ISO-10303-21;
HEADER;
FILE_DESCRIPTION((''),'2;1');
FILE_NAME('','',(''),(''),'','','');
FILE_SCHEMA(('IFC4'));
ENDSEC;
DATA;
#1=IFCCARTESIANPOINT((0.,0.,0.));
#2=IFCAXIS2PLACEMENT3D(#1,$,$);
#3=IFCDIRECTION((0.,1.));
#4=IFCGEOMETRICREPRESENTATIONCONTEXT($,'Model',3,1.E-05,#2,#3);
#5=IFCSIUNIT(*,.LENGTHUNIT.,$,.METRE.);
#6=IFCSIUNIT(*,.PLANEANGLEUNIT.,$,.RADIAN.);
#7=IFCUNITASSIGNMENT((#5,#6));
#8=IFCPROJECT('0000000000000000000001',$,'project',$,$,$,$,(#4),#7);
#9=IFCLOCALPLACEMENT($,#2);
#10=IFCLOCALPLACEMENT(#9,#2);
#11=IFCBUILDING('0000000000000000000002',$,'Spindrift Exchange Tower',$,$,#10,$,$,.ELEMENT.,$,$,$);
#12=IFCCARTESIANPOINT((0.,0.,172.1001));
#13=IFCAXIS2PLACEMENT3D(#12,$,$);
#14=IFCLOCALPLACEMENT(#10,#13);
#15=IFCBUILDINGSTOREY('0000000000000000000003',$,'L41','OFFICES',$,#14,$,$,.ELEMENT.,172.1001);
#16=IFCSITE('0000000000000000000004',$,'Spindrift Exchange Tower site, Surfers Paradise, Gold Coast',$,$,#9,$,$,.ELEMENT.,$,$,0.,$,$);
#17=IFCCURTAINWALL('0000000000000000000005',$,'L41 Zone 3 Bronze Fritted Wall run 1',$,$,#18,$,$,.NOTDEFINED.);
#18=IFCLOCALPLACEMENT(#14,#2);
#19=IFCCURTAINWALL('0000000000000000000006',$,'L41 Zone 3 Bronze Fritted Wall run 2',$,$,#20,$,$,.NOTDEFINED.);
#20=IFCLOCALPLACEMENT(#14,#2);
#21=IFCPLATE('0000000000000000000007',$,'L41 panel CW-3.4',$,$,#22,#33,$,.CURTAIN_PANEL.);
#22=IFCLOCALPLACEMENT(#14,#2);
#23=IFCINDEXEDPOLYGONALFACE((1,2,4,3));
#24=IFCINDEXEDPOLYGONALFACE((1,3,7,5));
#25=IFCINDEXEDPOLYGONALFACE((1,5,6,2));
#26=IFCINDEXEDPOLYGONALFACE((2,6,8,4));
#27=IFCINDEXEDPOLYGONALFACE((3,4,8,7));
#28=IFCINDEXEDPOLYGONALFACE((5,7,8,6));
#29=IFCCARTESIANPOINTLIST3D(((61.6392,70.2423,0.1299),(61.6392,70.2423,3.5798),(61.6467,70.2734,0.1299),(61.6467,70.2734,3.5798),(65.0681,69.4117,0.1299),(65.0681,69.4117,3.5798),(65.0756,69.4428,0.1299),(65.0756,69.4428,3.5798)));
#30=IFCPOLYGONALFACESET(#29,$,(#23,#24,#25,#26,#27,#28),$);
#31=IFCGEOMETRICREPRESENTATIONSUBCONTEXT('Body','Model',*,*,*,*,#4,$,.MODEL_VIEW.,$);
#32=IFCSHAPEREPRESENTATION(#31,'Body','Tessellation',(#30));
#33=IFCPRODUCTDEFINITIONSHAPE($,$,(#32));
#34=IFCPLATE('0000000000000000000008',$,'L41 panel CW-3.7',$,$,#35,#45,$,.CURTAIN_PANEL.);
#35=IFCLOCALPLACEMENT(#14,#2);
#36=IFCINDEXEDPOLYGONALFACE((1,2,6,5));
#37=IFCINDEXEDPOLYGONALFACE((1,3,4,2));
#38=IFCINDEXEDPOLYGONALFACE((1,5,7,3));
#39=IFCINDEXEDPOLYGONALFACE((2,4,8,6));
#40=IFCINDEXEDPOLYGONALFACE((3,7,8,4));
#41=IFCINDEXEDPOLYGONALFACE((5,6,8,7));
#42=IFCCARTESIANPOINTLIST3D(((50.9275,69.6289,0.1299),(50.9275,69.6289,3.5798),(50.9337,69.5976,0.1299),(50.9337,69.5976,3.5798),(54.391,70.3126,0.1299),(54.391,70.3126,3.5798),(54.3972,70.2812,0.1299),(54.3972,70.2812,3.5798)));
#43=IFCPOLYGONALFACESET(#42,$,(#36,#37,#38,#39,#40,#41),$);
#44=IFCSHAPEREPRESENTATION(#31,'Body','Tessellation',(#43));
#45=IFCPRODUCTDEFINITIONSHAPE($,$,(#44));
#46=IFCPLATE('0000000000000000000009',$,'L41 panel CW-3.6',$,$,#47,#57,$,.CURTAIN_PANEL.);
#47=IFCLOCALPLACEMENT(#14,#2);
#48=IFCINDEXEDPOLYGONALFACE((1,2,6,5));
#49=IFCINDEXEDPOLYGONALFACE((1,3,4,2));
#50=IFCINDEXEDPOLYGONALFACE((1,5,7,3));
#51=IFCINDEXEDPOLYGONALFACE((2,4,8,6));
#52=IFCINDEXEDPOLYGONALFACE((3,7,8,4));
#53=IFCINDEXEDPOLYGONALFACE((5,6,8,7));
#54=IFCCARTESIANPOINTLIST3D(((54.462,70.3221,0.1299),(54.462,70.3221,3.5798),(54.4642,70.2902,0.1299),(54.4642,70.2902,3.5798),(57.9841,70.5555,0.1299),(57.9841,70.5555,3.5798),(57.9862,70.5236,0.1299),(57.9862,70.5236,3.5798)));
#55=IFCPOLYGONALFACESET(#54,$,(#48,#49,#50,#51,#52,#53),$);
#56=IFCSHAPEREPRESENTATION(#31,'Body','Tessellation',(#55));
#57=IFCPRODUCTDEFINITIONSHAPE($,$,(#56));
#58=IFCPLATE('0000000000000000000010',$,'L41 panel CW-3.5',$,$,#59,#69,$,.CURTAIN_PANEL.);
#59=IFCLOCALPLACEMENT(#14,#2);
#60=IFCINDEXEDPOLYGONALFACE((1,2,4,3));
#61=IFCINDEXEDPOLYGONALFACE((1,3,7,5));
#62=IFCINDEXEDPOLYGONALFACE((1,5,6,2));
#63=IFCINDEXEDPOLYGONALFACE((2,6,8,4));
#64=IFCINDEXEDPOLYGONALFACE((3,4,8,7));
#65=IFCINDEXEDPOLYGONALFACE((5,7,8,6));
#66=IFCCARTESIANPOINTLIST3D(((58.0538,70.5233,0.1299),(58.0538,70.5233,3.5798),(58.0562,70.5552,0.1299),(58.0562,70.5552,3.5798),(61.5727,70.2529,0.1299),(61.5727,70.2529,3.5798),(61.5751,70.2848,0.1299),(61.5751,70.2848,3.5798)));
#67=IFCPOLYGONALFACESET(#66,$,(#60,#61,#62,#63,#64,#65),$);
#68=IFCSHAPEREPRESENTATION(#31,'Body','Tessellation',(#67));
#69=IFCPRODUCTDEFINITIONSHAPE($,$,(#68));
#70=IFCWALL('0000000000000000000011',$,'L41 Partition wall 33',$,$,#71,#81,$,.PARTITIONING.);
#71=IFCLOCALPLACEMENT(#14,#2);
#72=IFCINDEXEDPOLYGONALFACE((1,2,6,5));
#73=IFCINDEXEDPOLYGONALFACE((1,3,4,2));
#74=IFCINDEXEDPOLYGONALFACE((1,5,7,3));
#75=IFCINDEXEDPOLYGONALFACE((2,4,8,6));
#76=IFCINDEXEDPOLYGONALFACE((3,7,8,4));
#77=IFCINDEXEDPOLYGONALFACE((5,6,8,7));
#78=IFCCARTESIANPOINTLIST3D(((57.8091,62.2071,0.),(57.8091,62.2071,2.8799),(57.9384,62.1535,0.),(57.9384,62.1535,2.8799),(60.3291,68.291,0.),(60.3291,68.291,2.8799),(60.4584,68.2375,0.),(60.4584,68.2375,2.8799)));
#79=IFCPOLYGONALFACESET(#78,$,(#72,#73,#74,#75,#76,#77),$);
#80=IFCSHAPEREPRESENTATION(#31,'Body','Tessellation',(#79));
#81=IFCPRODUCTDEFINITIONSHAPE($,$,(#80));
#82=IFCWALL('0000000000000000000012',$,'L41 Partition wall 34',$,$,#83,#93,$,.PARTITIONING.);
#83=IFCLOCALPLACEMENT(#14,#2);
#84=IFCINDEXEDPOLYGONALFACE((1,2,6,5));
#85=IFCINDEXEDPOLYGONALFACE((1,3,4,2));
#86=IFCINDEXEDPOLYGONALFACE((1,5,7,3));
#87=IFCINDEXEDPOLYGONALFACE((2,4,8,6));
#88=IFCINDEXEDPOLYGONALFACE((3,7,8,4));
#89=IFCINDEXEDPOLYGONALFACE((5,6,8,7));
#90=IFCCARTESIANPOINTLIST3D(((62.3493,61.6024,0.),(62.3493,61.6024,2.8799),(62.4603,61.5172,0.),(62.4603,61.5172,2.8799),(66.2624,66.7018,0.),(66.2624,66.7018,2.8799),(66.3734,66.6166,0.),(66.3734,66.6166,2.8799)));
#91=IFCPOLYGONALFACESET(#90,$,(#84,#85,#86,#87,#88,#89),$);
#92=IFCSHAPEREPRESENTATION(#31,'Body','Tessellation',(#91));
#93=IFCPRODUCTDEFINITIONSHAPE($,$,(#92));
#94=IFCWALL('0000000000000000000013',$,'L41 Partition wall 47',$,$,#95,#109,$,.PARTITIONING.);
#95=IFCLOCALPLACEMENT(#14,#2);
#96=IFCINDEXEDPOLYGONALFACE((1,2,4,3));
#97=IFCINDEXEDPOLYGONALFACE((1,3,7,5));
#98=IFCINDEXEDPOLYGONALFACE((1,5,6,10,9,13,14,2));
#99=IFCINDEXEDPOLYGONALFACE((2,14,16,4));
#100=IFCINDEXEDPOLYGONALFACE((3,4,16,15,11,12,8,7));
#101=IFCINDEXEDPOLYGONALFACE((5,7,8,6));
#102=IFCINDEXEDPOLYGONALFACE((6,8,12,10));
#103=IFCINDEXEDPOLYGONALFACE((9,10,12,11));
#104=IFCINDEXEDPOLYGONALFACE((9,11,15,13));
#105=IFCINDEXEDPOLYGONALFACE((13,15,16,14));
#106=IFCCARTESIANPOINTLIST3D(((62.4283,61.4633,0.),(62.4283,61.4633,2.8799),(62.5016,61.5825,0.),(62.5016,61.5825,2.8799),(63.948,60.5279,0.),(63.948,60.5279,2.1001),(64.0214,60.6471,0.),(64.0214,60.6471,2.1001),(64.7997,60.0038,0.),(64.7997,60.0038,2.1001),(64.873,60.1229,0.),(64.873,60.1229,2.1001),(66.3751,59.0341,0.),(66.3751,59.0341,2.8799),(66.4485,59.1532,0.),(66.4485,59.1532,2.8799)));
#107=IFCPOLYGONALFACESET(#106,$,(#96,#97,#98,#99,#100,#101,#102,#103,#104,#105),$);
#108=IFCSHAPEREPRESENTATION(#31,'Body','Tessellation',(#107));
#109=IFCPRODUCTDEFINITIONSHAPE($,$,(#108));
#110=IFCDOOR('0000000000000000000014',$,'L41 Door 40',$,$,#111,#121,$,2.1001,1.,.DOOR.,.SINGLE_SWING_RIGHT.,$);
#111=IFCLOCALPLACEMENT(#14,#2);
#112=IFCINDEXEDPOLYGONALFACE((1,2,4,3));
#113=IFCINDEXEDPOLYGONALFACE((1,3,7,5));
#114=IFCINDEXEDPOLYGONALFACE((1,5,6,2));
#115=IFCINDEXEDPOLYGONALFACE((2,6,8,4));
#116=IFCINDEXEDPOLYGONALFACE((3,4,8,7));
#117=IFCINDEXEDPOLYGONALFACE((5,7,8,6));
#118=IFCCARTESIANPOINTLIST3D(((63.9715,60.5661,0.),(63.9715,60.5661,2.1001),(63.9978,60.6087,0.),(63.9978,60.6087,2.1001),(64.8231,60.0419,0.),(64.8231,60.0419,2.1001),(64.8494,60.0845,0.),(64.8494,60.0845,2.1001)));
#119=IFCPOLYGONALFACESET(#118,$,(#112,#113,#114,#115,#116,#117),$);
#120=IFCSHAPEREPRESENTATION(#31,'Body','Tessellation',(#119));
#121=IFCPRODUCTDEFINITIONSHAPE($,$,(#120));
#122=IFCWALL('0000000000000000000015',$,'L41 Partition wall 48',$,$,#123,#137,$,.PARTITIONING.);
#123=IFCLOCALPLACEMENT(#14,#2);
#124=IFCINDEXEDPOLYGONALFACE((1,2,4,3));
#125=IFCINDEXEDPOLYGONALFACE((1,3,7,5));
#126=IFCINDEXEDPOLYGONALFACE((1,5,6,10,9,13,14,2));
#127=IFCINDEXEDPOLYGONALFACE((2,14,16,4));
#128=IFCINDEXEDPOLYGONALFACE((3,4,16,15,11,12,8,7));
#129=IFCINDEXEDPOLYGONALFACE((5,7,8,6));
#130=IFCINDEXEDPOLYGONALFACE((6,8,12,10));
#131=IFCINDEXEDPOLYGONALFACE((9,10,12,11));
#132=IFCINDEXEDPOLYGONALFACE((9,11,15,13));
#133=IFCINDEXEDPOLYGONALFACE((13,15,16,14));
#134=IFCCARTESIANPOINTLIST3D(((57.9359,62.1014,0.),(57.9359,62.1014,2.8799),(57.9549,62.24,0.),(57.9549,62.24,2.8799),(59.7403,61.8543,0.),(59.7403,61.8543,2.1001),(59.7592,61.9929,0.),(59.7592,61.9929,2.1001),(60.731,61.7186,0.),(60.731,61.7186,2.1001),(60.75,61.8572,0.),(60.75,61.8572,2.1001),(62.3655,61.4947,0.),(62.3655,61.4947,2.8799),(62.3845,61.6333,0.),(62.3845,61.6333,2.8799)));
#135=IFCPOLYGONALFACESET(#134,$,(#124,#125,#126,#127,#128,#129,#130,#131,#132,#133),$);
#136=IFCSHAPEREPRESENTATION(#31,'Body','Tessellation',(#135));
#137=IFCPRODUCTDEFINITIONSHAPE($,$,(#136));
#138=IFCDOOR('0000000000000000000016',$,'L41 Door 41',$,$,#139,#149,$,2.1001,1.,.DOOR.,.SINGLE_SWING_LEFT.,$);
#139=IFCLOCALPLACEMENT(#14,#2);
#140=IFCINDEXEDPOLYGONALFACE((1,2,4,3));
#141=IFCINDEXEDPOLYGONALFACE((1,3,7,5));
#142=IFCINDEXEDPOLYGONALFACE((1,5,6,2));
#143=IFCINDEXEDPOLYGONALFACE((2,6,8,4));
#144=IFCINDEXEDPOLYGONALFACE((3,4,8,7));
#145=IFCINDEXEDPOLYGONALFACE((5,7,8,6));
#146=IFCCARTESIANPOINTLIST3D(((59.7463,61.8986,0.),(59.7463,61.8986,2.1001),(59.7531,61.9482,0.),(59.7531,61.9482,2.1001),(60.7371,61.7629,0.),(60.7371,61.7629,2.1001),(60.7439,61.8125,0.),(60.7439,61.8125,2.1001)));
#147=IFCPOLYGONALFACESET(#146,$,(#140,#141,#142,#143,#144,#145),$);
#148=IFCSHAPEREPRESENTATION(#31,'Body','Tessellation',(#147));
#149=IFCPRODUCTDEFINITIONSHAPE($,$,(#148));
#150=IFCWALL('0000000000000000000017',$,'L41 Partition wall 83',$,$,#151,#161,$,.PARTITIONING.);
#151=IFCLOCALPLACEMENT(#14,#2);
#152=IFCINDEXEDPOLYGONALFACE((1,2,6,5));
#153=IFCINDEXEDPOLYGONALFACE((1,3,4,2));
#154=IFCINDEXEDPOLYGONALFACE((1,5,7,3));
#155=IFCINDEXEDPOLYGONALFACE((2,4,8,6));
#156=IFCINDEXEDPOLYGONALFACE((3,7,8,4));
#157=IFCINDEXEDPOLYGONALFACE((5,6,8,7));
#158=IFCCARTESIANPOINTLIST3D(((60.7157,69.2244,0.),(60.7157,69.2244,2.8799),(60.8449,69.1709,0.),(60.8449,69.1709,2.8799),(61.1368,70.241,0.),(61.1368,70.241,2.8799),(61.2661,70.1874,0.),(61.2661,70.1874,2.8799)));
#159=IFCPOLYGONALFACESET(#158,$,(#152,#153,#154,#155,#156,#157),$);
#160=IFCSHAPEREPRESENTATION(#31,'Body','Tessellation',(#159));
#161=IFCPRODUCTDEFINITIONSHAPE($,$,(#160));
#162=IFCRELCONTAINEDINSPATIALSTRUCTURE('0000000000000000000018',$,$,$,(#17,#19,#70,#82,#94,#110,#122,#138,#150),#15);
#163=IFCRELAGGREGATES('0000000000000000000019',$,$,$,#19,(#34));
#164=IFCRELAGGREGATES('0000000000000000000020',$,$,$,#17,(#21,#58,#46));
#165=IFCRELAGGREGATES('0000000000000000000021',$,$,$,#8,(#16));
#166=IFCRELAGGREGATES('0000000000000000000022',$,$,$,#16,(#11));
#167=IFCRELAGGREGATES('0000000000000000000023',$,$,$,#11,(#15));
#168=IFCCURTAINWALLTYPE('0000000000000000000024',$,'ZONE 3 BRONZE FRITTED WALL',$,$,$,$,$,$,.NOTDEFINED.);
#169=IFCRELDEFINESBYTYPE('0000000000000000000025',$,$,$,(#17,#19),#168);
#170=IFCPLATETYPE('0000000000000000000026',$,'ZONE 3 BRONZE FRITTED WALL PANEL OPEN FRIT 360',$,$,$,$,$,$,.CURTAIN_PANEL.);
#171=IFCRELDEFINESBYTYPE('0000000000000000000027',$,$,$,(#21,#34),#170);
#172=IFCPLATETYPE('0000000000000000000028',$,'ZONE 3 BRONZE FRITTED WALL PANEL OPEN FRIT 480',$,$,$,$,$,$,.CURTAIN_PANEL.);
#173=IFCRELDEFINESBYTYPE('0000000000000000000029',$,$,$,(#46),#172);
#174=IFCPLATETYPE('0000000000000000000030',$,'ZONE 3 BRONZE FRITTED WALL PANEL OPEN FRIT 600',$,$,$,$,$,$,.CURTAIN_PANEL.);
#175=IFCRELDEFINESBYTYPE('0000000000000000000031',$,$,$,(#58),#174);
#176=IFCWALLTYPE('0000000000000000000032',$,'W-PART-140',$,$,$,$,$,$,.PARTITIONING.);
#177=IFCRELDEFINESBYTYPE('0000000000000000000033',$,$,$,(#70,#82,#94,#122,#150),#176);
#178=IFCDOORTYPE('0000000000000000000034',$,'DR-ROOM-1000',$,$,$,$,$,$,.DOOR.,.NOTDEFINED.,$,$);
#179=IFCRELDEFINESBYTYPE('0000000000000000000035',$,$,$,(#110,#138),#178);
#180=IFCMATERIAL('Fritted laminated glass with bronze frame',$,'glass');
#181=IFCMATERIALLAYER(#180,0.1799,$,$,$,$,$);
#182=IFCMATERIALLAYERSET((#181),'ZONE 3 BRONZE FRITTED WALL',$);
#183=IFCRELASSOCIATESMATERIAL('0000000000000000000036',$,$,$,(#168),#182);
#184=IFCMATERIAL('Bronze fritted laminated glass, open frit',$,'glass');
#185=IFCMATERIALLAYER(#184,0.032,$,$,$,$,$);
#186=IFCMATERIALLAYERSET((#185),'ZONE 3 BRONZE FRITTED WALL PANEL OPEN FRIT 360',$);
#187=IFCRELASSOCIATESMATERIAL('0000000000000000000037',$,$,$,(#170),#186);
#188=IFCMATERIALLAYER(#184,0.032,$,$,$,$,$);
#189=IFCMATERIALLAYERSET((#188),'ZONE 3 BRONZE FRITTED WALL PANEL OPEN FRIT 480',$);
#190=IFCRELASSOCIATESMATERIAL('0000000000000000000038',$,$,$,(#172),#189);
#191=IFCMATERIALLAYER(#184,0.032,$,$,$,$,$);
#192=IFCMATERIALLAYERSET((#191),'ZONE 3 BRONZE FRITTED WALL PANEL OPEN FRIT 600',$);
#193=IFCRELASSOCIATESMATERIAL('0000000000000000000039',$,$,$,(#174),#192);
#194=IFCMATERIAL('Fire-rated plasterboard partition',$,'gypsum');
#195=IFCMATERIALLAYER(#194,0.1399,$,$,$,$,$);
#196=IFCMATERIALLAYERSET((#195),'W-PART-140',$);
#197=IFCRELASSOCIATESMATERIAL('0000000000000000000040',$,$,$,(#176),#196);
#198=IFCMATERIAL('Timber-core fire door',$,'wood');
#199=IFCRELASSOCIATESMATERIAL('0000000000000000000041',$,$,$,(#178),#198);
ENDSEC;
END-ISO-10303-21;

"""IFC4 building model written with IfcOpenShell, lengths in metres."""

from ifc_helpers import new_model, si_unit, direction, frame, frame_2d, origin, origin_2d, place, context, subcontext, project, spatial, rectangle, extrude, source, transform, mapped, material, layer, layer_set, type_object, element, fill, aggregate, save


model = new_model("IFC4")

# Units and contexts
model_context = context("Model", 3, precision=1e-05, world=origin(), true_north=direction((0.0, 1.0)))
body_context = subcontext(model_context, "Body", "Model", "MODEL_VIEW")
ifc_project = project(units=[si_unit("LENGTHUNIT", "METRE"), si_unit("PLANEANGLEUNIT", "RADIAN")], contexts=[model_context])

# Site, building, storey
site_placement = place(None, origin())
site = spatial("IfcSite", under=ifc_project, at=site_placement, Name="Spindrift Exchange Tower site, Surfers Paradise, Gold Coast", CompositionType="ELEMENT", RefElevation=0.0)
building_placement = place(site_placement, origin())
building = spatial("IfcBuilding", under=site, at=building_placement, Name="Spindrift Exchange Tower", CompositionType="ELEMENT")
storey_placement = place(building_placement, frame((0.0, 0.0, 172.1001)))
storey = spatial("IfcBuildingStorey", under=building, at=storey_placement, Name="L41", Description="OFFICES", CompositionType="ELEMENT", Elevation=172.1001)

# Curtain wall
ifc_material_1 = material(Name="Fritted laminated glass with bronze frame", Category="glass")
ifc_layer_1 = layer(ifc_material_1, 0.1799)
ifc_layer_set_1 = layer_set([ifc_layer_1], Name="ZONE 3 BRONZE FRITTED WALL")
curtain_wall_type = type_object("IfcCurtainWallType", Name="ZONE 3 BRONZE FRITTED WALL", PredefinedType="NOTDEFINED", material=ifc_layer_set_1)
curtain_wall_1_placement = place(storey_placement, origin())
curtain_wall_1 = element("IfcCurtainWall", 1, at=curtain_wall_1_placement, inside=storey, type_object=curtain_wall_type, Name="L41 Zone 3 Bronze Fritted Wall run 1", PredefinedType="NOTDEFINED")

# Curtain wall
curtain_wall_2_placement = place(storey_placement, origin())
curtain_wall_2 = element("IfcCurtainWall", 2, at=curtain_wall_2_placement, inside=storey, type_object=curtain_wall_type, Name="L41 Zone 3 Bronze Fritted Wall run 2", PredefinedType="NOTDEFINED")

# Plates
ifc_material_2 = material(Name="Bronze fritted laminated glass, open frit", Category="glass")
ifc_layer_2 = layer(ifc_material_2, 0.032)
ifc_layer_set_2 = layer_set([ifc_layer_2], Name="ZONE 3 BRONZE FRITTED WALL PANEL OPEN FRIT 360")
plate_type_1 = type_object("IfcPlateType", Name="ZONE 3 BRONZE FRITTED WALL PANEL OPEN FRIT 360", PredefinedType="CURTAIN_PANEL", material=ifc_layer_set_2)
shared_shape_1 = source(origin(), body_context, "Body", "SweptSolid", [
    extrude(rectangle(XDim=3.5281, YDim=0.032, at=origin_2d()), origin(), (0.0, 0.0, 1.0), 3.45),
])
plate_1_placement = place(storey_placement, frame((63.3574, 69.8425, 0.1299), z_axis=(0.0, 0.0, 1.0), x_axis=(-0.971892, 0.235427, 0.0)))
plate_1 = element("IfcPlate", 3, at=plate_1_placement, type_object=plate_type_1, Name="L41 panel CW-3.4", PredefinedType="CURTAIN_PANEL", context=body_context, shape_type="MappedRepresentation", body=[
    mapped(shared_shape_1, transform((0.0, 0.0, 0.0), scale=1.0)),
])
shared_shape_2 = source(origin(), body_context, "Body", "SweptSolid", [
    extrude(rectangle(XDim=3.5303, YDim=0.032, at=origin_2d()), origin(), (0.0, 0.0, 1.0), 3.45),
])
plate_2_placement = place(storey_placement, frame((52.6624, 69.9551, 0.1299), z_axis=(0.0, 0.0, 1.0), x_axis=(-0.98107, -0.193654, 0.0)))
plate_2 = element("IfcPlate", 4, at=plate_2_placement, type_object=plate_type_1, Name="L41 panel CW-3.7", PredefinedType="CURTAIN_PANEL", context=body_context, shape_type="MappedRepresentation", body=[
    mapped(shared_shape_2, transform((0.0, 0.0, 0.0), scale=1.0)),
])
aggregate(curtain_wall_2, [plate_2])
ifc_layer_3 = layer(ifc_material_2, 0.032)
ifc_layer_set_3 = layer_set([ifc_layer_3], Name="ZONE 3 BRONZE FRITTED WALL PANEL OPEN FRIT 480")
plate_type_2 = type_object("IfcPlateType", Name="ZONE 3 BRONZE FRITTED WALL PANEL OPEN FRIT 480", PredefinedType="CURTAIN_PANEL", material=ifc_layer_set_3)
shared_shape_3 = source(origin(), body_context, "Body", "SweptSolid", [
    extrude(rectangle(XDim=3.5298, YDim=0.032, at=origin_2d()), origin(), (0.0, 0.0, 1.0), 3.45),
])
plate_3_placement = place(storey_placement, frame((56.2241, 70.4229, 0.1299), z_axis=(0.0, 0.0, 1.0), x_axis=(-0.99781, -0.066143, 0.0)))
plate_3 = element("IfcPlate", 5, at=plate_3_placement, type_object=plate_type_2, Name="L41 panel CW-3.6", PredefinedType="CURTAIN_PANEL", context=body_context, shape_type="MappedRepresentation", body=[
    mapped(shared_shape_3, transform((0.0, 0.0, 0.0), scale=1.0)),
])
ifc_layer_4 = layer(ifc_material_2, 0.032)
ifc_layer_set_4 = layer_set([ifc_layer_4], Name="ZONE 3 BRONZE FRITTED WALL PANEL OPEN FRIT 600")
plate_type_3 = type_object("IfcPlateType", Name="ZONE 3 BRONZE FRITTED WALL PANEL OPEN FRIT 600", PredefinedType="CURTAIN_PANEL", material=ifc_layer_set_4)
shared_shape_4 = source(origin(), body_context, "Body", "SweptSolid", [
    extrude(rectangle(XDim=3.5293, YDim=0.032, at=origin_2d()), origin(), (0.0, 0.0, 1.0), 3.45),
])
plate_4_placement = place(storey_placement, frame((59.8145, 70.4041, 0.1299), z_axis=(0.0, 0.0, 1.0), x_axis=(-0.99706, 0.076629, 0.0)))
plate_4 = element("IfcPlate", 6, at=plate_4_placement, type_object=plate_type_3, Name="L41 panel CW-3.5", PredefinedType="CURTAIN_PANEL", context=body_context, shape_type="MappedRepresentation", body=[
    mapped(shared_shape_4, transform((0.0, 0.0, 0.0), scale=1.0)),
])
aggregate(curtain_wall_1, [plate_1, plate_4, plate_3])

# Walls
ifc_material_3 = material(Name="Fire-rated plasterboard partition", Category="gypsum")
ifc_layer_5 = layer(ifc_material_3, 0.1399)
ifc_layer_set_5 = layer_set([ifc_layer_5], Name="W-PART-140")
wall_type = type_object("IfcWallType", Name="W-PART-140", PredefinedType="PARTITIONING", material=ifc_layer_set_5)
wall_1_placement = place(storey_placement, frame((57.8738, 62.1804, 0.0), z_axis=(0.0, 0.0, 1.0), x_axis=(0.382677, 0.923882, 0.0)))
element("IfcWall", 7, at=wall_1_placement, inside=storey, type_object=wall_type, Name="L41 Partition wall 33", PredefinedType="PARTITIONING", context=body_context, shape_type="SweptSolid", body=[
    extrude(rectangle(XDim=6.5852, YDim=0.1399, at=frame_2d((3.2925, 0.0))), origin(), (0.0, 0.0, 1.0), 2.8799),
])
wall_2_placement = place(storey_placement, frame((62.4048, 61.5598, 0.0), z_axis=(0.0, 0.0, 1.0), x_axis=(0.608782, 0.793338, 0.0)))
element("IfcWall", 8, at=wall_2_placement, inside=storey, type_object=wall_type, Name="L41 Partition wall 34", PredefinedType="PARTITIONING", context=body_context, shape_type="SweptSolid", body=[
    extrude(rectangle(XDim=6.4277, YDim=0.1399, at=frame_2d((3.2139, 0.0))), origin(), (0.0, 0.0, 1.0), 2.8799),
])

# Walls, openings, doors
wall_3_placement = place(storey_placement, frame((62.4648, 61.5229, 0.0), z_axis=(0.0, 0.0, 1.0), x_axis=(0.851619, -0.524162, 0.0)))
wall_3 = element("IfcWall", 9, at=wall_3_placement, inside=storey, type_object=wall_type, Name="L41 Partition wall 47", PredefinedType="PARTITIONING", context=body_context, shape_type="SweptSolid", body=[
    extrude(rectangle(XDim=4.6345, YDim=0.1399, at=frame_2d((2.3174, 0.0))), origin(), (0.0, 0.0, 1.0), 2.8799),
])
opening_1_placement = place(wall_3_placement, frame((1.7847, 0.0, 0.0)))
opening_1 = element("IfcOpeningElement", 10, at=opening_1_placement, cuts=wall_3, PredefinedType="OPENING", context=body_context, shape_type="SweptSolid", body=[
    extrude(rectangle(XDim=1.0, YDim=2.1001, at=frame_2d((0.5, 1.05))), frame((0.0, 0.0798, 0.0), z_axis=(0.0, -1.0, 0.0), x_axis=(1.0, 0.0, 0.0)), (0.0, 0.0, 1.0), 0.1599),
])
ifc_material_4 = material(Name="Timber-core fire door", Category="wood")
door_type = type_object("IfcDoorType", Name="DR-ROOM-1000", OperationType="NOTDEFINED", PredefinedType="DOOR", material=ifc_material_4)
shared_shape_5 = source(origin(), body_context, "Body", "SweptSolid", [
    extrude(rectangle(XDim=1.0, YDim=2.1001, at=frame_2d((0.5, 1.05))), frame((0.0, 0.0249, 0.0), z_axis=(0.0, -1.0, 0.0), x_axis=(1.0, 0.0, 0.0)), (0.0, 0.0, 1.0), 0.05),
])
door_1_placement = place(opening_1_placement, origin())
door_1 = element("IfcDoor", 11, at=door_1_placement, inside=storey, type_object=door_type, Name="L41 Door 40", OperationType="SINGLE_SWING_RIGHT", OverallHeight=2.1001, OverallWidth=1.0, PredefinedType="DOOR", context=body_context, shape_type="MappedRepresentation", body=[
    mapped(shared_shape_5, transform((0.0, 0.0, 0.0), scale=1.0)),
])
fill(opening_1, door_1)
wall_4_placement = place(storey_placement, frame((57.9456, 62.1707, 0.0), z_axis=(0.0, 0.0, 1.0), x_axis=(0.990751, -0.135693, 0.0)))
wall_4 = element("IfcWall", 12, at=wall_4_placement, inside=storey, type_object=wall_type, Name="L41 Partition wall 48", PredefinedType="PARTITIONING", context=body_context, shape_type="SweptSolid", body=[
    extrude(rectangle(XDim=4.4709, YDim=0.1399, at=frame_2d((2.2354, 0.0))), origin(), (0.0, 0.0, 1.0), 2.8799),
])
opening_2_placement = place(wall_4_placement, frame((1.821, 0.0, 0.0)))
opening_2 = element("IfcOpeningElement", 13, at=opening_2_placement, cuts=wall_4, PredefinedType="OPENING", context=body_context, shape_type="SweptSolid", body=[
    extrude(rectangle(XDim=1.0, YDim=2.1001, at=frame_2d((0.5, 1.05))), frame((0.0, 0.0798, 0.0), z_axis=(0.0, -1.0, 0.0), x_axis=(1.0, 0.0, 0.0)), (0.0, 0.0, 1.0), 0.1599),
])
door_2_placement = place(opening_2_placement, origin())
door_2 = element("IfcDoor", 14, at=door_2_placement, inside=storey, type_object=door_type, Name="L41 Door 41", OperationType="SINGLE_SWING_LEFT", OverallHeight=2.1001, OverallWidth=1.0, PredefinedType="DOOR", context=body_context, shape_type="MappedRepresentation", body=[
    mapped(shared_shape_5, transform((0.0, 0.0, 0.0), scale=1.0)),
])
fill(opening_2, door_2)

# Wall
wall_5_placement = place(storey_placement, frame((60.7803, 69.1975, 0.0), z_axis=(0.0, 0.0, 1.0), x_axis=(0.382724, 0.923863, 0.0)))
element("IfcWall", 15, at=wall_5_placement, inside=storey, type_object=wall_type, Name="L41 Partition wall 83", PredefinedType="PARTITIONING", context=body_context, shape_type="SweptSolid", body=[
    extrude(rectangle(XDim=1.1003, YDim=0.1399, at=frame_2d((0.5503, 0.0))), origin(), (0.0, 0.0, 1.0), 2.8799),
])

save(model, "model.ifc")
